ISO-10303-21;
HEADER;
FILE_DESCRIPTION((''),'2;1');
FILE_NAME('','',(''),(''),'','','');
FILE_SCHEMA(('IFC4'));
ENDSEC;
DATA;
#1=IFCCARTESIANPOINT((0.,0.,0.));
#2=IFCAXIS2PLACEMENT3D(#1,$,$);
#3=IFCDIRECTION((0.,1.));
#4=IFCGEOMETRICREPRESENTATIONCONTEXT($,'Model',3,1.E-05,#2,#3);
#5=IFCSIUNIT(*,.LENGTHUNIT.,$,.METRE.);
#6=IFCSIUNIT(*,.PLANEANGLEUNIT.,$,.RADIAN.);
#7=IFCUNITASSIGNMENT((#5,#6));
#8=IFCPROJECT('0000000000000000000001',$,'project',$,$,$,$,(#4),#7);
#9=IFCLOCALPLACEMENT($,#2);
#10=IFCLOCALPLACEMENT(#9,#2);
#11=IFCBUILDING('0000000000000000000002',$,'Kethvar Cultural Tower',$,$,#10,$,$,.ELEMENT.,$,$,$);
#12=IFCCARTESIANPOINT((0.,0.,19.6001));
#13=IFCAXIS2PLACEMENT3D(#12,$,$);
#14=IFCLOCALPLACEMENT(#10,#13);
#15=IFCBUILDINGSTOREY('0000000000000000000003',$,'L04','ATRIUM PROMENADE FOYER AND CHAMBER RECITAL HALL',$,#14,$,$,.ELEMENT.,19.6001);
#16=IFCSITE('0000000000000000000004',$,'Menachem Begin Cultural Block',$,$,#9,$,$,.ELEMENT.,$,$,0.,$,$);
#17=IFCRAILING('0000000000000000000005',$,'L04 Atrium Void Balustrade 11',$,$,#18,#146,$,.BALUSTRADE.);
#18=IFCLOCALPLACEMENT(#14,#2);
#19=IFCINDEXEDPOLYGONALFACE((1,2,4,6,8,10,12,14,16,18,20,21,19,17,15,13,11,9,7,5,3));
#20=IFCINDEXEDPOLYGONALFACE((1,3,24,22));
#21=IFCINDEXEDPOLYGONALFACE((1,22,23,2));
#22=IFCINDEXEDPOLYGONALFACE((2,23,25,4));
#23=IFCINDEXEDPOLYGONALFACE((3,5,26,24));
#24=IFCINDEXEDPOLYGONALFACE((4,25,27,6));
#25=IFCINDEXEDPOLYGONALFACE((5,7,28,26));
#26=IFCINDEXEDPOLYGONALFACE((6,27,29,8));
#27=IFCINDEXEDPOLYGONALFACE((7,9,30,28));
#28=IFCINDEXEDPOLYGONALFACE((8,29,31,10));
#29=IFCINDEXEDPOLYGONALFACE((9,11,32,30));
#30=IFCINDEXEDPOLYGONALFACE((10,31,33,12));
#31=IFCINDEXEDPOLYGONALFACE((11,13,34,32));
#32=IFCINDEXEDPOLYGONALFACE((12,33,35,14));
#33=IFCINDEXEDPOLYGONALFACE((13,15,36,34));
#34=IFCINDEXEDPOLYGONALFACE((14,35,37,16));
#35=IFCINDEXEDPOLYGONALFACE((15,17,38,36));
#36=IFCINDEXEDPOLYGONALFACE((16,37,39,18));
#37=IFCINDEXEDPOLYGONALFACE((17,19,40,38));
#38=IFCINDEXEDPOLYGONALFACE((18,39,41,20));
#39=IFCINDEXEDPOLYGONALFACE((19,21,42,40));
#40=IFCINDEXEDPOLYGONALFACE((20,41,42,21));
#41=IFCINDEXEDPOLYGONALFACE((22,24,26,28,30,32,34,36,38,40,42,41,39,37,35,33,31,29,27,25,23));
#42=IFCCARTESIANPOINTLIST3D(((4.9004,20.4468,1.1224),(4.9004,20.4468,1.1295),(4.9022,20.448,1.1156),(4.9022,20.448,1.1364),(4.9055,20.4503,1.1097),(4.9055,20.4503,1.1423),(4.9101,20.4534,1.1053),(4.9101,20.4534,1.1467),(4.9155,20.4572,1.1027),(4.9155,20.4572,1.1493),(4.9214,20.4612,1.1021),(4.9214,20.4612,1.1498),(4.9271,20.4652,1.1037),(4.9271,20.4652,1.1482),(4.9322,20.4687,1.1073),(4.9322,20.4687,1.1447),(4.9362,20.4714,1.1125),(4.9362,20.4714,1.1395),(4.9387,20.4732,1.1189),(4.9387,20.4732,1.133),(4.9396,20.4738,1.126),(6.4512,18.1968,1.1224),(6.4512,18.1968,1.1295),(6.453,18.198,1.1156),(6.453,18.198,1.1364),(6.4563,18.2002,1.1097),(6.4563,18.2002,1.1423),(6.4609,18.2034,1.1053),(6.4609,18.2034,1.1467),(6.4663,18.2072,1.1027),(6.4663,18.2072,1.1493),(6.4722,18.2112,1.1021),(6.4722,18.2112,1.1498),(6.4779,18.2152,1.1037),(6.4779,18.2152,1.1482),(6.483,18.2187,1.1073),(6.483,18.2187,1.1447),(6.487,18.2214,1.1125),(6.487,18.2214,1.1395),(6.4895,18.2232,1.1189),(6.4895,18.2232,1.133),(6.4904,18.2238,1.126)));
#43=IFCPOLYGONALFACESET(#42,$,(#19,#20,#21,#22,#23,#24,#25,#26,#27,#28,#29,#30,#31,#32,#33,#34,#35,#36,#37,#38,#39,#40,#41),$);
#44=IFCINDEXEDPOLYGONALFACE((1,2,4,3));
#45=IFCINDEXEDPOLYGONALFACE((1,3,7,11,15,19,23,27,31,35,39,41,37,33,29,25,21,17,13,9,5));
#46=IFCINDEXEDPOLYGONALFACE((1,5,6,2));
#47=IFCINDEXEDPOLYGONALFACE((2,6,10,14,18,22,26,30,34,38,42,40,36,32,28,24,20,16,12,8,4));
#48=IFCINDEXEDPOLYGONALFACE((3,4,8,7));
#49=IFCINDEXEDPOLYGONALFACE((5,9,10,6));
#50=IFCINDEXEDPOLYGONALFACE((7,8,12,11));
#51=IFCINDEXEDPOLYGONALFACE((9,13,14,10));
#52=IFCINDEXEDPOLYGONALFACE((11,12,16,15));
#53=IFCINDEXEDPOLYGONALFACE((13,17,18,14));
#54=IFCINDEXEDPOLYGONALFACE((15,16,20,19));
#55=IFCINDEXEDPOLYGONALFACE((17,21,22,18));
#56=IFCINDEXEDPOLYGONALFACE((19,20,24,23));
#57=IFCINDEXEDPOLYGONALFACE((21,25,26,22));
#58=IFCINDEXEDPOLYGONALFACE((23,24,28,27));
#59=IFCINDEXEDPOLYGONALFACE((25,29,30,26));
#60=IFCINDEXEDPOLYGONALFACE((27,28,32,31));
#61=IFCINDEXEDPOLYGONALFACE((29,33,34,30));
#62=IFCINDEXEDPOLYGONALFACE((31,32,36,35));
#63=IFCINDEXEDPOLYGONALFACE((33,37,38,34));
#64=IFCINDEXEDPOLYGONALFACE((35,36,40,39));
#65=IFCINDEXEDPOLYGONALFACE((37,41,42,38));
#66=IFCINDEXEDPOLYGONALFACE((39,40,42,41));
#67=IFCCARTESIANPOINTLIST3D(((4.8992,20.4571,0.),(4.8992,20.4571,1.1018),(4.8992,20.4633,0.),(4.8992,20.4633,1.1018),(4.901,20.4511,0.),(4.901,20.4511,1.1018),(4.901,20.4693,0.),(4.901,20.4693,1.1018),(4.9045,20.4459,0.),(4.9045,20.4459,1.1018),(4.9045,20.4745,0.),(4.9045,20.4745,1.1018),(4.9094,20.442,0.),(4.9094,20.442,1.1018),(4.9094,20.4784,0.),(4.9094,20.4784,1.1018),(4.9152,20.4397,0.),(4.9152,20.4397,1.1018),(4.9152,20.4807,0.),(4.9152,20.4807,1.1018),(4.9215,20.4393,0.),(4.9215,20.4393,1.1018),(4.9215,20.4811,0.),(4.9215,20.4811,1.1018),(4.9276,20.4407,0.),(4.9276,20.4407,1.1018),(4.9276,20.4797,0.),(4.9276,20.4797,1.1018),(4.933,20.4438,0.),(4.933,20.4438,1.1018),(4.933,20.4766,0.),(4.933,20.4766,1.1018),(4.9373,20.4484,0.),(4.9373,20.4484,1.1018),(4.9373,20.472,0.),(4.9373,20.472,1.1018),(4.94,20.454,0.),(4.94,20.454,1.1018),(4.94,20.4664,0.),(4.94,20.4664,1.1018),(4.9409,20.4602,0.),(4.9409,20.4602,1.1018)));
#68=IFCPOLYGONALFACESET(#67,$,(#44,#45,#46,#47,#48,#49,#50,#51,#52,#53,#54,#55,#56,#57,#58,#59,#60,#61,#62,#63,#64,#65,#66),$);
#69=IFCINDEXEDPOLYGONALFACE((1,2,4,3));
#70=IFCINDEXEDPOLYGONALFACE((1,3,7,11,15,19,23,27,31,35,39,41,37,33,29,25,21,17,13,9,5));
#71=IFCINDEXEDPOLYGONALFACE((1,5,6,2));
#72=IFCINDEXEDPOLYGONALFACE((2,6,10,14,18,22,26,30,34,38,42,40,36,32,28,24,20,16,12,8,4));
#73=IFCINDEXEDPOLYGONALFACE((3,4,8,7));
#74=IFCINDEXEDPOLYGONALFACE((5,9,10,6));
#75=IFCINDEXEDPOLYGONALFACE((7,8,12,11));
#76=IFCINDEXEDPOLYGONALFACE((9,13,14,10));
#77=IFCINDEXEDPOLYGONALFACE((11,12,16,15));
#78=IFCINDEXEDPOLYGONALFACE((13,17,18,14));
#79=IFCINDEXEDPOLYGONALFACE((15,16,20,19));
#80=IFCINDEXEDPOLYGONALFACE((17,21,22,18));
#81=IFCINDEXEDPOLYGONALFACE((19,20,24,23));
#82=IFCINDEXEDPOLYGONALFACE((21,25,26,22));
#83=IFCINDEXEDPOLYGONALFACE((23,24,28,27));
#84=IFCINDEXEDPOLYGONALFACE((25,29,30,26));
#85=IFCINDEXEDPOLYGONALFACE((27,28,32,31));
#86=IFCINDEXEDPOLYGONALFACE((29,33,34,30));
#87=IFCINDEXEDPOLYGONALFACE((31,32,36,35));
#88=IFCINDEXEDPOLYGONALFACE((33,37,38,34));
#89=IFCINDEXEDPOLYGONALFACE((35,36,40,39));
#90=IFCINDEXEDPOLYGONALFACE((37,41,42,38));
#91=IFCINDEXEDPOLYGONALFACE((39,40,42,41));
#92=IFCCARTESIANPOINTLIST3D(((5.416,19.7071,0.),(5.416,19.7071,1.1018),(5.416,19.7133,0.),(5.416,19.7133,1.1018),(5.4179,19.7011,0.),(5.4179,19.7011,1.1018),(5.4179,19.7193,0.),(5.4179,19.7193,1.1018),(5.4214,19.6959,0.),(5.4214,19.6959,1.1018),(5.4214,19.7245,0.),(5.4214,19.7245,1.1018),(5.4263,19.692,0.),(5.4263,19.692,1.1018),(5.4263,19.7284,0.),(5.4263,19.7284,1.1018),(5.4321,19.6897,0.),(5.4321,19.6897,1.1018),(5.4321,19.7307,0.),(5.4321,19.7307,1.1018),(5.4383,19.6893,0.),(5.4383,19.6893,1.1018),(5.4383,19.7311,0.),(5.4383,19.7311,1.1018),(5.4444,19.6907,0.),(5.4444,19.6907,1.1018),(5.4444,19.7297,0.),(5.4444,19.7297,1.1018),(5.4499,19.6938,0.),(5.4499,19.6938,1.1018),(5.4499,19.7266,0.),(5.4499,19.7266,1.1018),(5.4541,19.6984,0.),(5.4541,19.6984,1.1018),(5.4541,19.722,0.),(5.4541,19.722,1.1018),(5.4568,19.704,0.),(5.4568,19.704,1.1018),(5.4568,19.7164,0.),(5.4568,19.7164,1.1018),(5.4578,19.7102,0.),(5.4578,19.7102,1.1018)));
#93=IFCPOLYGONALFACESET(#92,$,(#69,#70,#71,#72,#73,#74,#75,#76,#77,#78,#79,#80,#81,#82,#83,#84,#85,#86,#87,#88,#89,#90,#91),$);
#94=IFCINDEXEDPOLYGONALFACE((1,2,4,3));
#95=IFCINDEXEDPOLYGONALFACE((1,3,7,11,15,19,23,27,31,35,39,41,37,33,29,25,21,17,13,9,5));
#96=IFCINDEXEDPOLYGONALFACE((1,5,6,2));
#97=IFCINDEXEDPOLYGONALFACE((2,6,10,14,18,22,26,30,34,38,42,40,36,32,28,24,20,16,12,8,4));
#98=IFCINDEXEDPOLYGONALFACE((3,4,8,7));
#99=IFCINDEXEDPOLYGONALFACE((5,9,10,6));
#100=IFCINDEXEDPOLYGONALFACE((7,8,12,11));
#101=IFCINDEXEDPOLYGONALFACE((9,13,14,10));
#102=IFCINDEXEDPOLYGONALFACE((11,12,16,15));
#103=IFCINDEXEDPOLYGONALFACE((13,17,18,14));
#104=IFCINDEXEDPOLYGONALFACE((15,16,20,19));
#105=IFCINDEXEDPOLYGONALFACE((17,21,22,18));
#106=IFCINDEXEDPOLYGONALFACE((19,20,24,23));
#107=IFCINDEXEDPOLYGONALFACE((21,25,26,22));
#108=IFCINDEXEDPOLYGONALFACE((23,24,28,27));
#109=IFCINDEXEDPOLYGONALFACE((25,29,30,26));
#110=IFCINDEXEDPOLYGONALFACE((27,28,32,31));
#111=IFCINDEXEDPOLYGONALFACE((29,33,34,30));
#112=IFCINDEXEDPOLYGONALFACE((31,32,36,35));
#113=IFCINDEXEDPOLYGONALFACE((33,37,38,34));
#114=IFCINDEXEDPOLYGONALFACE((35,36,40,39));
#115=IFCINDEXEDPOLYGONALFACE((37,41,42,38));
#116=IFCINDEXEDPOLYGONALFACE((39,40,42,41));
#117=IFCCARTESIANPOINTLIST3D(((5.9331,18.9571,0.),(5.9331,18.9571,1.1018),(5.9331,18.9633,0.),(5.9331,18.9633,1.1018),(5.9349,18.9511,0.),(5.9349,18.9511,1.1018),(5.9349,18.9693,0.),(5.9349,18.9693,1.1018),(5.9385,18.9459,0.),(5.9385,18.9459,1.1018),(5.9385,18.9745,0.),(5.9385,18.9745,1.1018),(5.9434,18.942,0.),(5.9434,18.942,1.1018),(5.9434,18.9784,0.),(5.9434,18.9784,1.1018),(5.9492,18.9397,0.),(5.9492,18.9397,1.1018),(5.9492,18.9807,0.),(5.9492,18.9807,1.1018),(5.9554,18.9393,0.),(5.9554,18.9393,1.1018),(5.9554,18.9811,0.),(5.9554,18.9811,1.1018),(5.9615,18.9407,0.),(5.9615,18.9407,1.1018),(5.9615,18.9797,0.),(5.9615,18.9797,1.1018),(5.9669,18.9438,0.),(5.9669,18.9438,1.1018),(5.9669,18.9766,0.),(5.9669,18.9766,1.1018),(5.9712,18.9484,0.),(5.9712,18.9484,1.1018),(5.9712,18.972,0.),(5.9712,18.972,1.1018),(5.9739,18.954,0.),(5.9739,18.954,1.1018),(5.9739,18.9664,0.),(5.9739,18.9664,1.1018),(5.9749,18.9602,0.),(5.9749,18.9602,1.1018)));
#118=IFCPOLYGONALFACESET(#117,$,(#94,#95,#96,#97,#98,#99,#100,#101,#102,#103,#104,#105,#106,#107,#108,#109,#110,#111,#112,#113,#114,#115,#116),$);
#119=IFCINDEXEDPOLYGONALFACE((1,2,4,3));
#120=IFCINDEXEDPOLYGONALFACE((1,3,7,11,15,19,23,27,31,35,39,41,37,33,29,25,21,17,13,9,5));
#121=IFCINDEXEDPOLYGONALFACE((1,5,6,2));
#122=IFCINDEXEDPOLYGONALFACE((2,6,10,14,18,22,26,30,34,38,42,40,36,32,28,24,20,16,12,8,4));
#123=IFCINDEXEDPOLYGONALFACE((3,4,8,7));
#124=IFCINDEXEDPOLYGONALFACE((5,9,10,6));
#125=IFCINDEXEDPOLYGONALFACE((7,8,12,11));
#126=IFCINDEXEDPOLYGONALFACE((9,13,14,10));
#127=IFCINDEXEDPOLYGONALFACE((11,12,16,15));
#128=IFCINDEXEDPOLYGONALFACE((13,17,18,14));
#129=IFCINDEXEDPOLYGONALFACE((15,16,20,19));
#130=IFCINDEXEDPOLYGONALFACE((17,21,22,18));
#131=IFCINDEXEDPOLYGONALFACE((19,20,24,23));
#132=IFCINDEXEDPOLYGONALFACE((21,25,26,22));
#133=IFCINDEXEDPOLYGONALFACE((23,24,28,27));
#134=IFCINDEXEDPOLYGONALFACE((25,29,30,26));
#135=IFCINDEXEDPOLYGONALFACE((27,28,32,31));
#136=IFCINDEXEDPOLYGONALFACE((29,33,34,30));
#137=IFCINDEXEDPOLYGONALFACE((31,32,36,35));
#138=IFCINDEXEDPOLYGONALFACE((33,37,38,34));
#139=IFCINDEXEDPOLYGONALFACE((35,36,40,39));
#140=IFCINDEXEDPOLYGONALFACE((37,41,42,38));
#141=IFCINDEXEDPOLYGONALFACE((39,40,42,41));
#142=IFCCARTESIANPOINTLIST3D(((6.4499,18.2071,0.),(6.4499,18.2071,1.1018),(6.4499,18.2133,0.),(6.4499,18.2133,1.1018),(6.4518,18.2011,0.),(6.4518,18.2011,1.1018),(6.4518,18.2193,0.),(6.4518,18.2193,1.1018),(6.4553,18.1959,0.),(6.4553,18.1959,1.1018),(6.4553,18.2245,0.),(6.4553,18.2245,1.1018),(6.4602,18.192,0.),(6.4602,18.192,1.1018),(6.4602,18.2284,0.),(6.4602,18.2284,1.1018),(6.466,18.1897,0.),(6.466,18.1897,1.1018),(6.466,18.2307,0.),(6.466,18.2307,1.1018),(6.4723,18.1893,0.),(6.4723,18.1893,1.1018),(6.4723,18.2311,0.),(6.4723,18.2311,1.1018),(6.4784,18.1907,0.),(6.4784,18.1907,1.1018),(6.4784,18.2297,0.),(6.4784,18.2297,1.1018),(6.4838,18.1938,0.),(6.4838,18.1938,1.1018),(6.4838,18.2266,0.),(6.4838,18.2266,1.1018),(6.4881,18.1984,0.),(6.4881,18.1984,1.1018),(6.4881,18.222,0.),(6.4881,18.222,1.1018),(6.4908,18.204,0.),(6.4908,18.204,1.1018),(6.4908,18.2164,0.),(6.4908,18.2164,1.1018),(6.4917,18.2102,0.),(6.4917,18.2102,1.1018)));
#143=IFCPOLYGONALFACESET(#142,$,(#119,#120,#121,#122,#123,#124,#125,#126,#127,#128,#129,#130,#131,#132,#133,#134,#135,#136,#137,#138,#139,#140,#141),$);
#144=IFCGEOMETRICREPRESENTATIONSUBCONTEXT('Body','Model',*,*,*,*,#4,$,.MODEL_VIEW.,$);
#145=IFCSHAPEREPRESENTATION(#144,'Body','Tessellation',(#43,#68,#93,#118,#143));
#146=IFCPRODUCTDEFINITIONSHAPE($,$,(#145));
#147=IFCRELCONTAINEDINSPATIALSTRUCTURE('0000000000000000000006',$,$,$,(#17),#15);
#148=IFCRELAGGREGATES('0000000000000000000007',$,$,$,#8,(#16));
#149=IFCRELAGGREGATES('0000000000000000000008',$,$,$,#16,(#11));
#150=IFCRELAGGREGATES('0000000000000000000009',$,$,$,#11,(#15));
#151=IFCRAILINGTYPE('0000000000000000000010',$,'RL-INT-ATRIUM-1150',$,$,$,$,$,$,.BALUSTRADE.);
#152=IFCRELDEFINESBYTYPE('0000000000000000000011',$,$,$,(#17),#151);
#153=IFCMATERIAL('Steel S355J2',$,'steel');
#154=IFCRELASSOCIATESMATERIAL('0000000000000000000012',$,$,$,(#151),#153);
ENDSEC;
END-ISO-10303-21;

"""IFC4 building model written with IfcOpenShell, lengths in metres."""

from ifc_helpers import new_model, si_unit, direction, frame, origin, origin_2d, place, context, subcontext, project, spatial, circle, extrude, material, type_object, element, save


model = new_model("IFC4")

# Units and contexts
model_context = context("Model", 3, precision=1e-05, world=origin(), true_north=direction((0.0, 1.0)))
body_context = subcontext(model_context, "Body", "Model", "MODEL_VIEW")
ifc_project = project(units=[si_unit("LENGTHUNIT", "METRE"), si_unit("PLANEANGLEUNIT", "RADIAN")], contexts=[model_context])

# Site, building, storey
site_placement = place(None, origin())
site = spatial("IfcSite", under=ifc_project, at=site_placement, Name="Menachem Begin Cultural Block", CompositionType="ELEMENT", RefElevation=0.0)
building_placement = place(site_placement, origin())
building = spatial("IfcBuilding", under=site, at=building_placement, Name="Kethvar Cultural Tower", CompositionType="ELEMENT")
storey_placement = place(building_placement, frame((0.0, 0.0, 19.6001)))
storey = spatial("IfcBuildingStorey", under=building, at=storey_placement, Name="L04", Description="ATRIUM PROMENADE FOYER AND CHAMBER RECITAL HALL", CompositionType="ELEMENT", Elevation=19.6001)

# Shared definitions
ifc_material_1 = material(Name="Steel S355J2", Category="steel")

# Railing
railing_type = type_object("IfcRailingType", Name="RL-INT-ATRIUM-1150", PredefinedType="BALUSTRADE", material=ifc_material_1)
railing_1_placement = place(storey_placement, frame((4.9199, 20.4602, 0.0)))
element("IfcRailing", 1, at=railing_1_placement, inside=storey, type_object=railing_type, Name="L04 Atrium Void Balustrade 11", PredefinedType="BALUSTRADE", context=body_context, shape_type="SweptSolid", body=[
    extrude(circle(Radius=0.0239, at=origin_2d()), frame((0.0, 0.0, 1.126), z_axis=(0.567499, -0.823374, 0.0), x_axis=(0.823374, 0.567499, 0.0)), (0.0, 0.0, 1.0), 2.7327),
    extrude(circle(Radius=0.021, at=origin_2d()), origin(), (0.0, 0.0, 1.0), 1.1018),
    extrude(circle(Radius=0.021, at=origin_2d()), frame((0.5168, -0.75, 0.0)), (0.0, 0.0, 1.0), 1.1018),
    extrude(circle(Radius=0.021, at=origin_2d()), frame((1.0339, -1.5, 0.0)), (0.0, 0.0, 1.0), 1.1018),
    extrude(circle(Radius=0.021, at=origin_2d()), frame((1.5508, -2.25, 0.0)), (0.0, 0.0, 1.0), 1.1018),
])

save(model, "model.ifc")
